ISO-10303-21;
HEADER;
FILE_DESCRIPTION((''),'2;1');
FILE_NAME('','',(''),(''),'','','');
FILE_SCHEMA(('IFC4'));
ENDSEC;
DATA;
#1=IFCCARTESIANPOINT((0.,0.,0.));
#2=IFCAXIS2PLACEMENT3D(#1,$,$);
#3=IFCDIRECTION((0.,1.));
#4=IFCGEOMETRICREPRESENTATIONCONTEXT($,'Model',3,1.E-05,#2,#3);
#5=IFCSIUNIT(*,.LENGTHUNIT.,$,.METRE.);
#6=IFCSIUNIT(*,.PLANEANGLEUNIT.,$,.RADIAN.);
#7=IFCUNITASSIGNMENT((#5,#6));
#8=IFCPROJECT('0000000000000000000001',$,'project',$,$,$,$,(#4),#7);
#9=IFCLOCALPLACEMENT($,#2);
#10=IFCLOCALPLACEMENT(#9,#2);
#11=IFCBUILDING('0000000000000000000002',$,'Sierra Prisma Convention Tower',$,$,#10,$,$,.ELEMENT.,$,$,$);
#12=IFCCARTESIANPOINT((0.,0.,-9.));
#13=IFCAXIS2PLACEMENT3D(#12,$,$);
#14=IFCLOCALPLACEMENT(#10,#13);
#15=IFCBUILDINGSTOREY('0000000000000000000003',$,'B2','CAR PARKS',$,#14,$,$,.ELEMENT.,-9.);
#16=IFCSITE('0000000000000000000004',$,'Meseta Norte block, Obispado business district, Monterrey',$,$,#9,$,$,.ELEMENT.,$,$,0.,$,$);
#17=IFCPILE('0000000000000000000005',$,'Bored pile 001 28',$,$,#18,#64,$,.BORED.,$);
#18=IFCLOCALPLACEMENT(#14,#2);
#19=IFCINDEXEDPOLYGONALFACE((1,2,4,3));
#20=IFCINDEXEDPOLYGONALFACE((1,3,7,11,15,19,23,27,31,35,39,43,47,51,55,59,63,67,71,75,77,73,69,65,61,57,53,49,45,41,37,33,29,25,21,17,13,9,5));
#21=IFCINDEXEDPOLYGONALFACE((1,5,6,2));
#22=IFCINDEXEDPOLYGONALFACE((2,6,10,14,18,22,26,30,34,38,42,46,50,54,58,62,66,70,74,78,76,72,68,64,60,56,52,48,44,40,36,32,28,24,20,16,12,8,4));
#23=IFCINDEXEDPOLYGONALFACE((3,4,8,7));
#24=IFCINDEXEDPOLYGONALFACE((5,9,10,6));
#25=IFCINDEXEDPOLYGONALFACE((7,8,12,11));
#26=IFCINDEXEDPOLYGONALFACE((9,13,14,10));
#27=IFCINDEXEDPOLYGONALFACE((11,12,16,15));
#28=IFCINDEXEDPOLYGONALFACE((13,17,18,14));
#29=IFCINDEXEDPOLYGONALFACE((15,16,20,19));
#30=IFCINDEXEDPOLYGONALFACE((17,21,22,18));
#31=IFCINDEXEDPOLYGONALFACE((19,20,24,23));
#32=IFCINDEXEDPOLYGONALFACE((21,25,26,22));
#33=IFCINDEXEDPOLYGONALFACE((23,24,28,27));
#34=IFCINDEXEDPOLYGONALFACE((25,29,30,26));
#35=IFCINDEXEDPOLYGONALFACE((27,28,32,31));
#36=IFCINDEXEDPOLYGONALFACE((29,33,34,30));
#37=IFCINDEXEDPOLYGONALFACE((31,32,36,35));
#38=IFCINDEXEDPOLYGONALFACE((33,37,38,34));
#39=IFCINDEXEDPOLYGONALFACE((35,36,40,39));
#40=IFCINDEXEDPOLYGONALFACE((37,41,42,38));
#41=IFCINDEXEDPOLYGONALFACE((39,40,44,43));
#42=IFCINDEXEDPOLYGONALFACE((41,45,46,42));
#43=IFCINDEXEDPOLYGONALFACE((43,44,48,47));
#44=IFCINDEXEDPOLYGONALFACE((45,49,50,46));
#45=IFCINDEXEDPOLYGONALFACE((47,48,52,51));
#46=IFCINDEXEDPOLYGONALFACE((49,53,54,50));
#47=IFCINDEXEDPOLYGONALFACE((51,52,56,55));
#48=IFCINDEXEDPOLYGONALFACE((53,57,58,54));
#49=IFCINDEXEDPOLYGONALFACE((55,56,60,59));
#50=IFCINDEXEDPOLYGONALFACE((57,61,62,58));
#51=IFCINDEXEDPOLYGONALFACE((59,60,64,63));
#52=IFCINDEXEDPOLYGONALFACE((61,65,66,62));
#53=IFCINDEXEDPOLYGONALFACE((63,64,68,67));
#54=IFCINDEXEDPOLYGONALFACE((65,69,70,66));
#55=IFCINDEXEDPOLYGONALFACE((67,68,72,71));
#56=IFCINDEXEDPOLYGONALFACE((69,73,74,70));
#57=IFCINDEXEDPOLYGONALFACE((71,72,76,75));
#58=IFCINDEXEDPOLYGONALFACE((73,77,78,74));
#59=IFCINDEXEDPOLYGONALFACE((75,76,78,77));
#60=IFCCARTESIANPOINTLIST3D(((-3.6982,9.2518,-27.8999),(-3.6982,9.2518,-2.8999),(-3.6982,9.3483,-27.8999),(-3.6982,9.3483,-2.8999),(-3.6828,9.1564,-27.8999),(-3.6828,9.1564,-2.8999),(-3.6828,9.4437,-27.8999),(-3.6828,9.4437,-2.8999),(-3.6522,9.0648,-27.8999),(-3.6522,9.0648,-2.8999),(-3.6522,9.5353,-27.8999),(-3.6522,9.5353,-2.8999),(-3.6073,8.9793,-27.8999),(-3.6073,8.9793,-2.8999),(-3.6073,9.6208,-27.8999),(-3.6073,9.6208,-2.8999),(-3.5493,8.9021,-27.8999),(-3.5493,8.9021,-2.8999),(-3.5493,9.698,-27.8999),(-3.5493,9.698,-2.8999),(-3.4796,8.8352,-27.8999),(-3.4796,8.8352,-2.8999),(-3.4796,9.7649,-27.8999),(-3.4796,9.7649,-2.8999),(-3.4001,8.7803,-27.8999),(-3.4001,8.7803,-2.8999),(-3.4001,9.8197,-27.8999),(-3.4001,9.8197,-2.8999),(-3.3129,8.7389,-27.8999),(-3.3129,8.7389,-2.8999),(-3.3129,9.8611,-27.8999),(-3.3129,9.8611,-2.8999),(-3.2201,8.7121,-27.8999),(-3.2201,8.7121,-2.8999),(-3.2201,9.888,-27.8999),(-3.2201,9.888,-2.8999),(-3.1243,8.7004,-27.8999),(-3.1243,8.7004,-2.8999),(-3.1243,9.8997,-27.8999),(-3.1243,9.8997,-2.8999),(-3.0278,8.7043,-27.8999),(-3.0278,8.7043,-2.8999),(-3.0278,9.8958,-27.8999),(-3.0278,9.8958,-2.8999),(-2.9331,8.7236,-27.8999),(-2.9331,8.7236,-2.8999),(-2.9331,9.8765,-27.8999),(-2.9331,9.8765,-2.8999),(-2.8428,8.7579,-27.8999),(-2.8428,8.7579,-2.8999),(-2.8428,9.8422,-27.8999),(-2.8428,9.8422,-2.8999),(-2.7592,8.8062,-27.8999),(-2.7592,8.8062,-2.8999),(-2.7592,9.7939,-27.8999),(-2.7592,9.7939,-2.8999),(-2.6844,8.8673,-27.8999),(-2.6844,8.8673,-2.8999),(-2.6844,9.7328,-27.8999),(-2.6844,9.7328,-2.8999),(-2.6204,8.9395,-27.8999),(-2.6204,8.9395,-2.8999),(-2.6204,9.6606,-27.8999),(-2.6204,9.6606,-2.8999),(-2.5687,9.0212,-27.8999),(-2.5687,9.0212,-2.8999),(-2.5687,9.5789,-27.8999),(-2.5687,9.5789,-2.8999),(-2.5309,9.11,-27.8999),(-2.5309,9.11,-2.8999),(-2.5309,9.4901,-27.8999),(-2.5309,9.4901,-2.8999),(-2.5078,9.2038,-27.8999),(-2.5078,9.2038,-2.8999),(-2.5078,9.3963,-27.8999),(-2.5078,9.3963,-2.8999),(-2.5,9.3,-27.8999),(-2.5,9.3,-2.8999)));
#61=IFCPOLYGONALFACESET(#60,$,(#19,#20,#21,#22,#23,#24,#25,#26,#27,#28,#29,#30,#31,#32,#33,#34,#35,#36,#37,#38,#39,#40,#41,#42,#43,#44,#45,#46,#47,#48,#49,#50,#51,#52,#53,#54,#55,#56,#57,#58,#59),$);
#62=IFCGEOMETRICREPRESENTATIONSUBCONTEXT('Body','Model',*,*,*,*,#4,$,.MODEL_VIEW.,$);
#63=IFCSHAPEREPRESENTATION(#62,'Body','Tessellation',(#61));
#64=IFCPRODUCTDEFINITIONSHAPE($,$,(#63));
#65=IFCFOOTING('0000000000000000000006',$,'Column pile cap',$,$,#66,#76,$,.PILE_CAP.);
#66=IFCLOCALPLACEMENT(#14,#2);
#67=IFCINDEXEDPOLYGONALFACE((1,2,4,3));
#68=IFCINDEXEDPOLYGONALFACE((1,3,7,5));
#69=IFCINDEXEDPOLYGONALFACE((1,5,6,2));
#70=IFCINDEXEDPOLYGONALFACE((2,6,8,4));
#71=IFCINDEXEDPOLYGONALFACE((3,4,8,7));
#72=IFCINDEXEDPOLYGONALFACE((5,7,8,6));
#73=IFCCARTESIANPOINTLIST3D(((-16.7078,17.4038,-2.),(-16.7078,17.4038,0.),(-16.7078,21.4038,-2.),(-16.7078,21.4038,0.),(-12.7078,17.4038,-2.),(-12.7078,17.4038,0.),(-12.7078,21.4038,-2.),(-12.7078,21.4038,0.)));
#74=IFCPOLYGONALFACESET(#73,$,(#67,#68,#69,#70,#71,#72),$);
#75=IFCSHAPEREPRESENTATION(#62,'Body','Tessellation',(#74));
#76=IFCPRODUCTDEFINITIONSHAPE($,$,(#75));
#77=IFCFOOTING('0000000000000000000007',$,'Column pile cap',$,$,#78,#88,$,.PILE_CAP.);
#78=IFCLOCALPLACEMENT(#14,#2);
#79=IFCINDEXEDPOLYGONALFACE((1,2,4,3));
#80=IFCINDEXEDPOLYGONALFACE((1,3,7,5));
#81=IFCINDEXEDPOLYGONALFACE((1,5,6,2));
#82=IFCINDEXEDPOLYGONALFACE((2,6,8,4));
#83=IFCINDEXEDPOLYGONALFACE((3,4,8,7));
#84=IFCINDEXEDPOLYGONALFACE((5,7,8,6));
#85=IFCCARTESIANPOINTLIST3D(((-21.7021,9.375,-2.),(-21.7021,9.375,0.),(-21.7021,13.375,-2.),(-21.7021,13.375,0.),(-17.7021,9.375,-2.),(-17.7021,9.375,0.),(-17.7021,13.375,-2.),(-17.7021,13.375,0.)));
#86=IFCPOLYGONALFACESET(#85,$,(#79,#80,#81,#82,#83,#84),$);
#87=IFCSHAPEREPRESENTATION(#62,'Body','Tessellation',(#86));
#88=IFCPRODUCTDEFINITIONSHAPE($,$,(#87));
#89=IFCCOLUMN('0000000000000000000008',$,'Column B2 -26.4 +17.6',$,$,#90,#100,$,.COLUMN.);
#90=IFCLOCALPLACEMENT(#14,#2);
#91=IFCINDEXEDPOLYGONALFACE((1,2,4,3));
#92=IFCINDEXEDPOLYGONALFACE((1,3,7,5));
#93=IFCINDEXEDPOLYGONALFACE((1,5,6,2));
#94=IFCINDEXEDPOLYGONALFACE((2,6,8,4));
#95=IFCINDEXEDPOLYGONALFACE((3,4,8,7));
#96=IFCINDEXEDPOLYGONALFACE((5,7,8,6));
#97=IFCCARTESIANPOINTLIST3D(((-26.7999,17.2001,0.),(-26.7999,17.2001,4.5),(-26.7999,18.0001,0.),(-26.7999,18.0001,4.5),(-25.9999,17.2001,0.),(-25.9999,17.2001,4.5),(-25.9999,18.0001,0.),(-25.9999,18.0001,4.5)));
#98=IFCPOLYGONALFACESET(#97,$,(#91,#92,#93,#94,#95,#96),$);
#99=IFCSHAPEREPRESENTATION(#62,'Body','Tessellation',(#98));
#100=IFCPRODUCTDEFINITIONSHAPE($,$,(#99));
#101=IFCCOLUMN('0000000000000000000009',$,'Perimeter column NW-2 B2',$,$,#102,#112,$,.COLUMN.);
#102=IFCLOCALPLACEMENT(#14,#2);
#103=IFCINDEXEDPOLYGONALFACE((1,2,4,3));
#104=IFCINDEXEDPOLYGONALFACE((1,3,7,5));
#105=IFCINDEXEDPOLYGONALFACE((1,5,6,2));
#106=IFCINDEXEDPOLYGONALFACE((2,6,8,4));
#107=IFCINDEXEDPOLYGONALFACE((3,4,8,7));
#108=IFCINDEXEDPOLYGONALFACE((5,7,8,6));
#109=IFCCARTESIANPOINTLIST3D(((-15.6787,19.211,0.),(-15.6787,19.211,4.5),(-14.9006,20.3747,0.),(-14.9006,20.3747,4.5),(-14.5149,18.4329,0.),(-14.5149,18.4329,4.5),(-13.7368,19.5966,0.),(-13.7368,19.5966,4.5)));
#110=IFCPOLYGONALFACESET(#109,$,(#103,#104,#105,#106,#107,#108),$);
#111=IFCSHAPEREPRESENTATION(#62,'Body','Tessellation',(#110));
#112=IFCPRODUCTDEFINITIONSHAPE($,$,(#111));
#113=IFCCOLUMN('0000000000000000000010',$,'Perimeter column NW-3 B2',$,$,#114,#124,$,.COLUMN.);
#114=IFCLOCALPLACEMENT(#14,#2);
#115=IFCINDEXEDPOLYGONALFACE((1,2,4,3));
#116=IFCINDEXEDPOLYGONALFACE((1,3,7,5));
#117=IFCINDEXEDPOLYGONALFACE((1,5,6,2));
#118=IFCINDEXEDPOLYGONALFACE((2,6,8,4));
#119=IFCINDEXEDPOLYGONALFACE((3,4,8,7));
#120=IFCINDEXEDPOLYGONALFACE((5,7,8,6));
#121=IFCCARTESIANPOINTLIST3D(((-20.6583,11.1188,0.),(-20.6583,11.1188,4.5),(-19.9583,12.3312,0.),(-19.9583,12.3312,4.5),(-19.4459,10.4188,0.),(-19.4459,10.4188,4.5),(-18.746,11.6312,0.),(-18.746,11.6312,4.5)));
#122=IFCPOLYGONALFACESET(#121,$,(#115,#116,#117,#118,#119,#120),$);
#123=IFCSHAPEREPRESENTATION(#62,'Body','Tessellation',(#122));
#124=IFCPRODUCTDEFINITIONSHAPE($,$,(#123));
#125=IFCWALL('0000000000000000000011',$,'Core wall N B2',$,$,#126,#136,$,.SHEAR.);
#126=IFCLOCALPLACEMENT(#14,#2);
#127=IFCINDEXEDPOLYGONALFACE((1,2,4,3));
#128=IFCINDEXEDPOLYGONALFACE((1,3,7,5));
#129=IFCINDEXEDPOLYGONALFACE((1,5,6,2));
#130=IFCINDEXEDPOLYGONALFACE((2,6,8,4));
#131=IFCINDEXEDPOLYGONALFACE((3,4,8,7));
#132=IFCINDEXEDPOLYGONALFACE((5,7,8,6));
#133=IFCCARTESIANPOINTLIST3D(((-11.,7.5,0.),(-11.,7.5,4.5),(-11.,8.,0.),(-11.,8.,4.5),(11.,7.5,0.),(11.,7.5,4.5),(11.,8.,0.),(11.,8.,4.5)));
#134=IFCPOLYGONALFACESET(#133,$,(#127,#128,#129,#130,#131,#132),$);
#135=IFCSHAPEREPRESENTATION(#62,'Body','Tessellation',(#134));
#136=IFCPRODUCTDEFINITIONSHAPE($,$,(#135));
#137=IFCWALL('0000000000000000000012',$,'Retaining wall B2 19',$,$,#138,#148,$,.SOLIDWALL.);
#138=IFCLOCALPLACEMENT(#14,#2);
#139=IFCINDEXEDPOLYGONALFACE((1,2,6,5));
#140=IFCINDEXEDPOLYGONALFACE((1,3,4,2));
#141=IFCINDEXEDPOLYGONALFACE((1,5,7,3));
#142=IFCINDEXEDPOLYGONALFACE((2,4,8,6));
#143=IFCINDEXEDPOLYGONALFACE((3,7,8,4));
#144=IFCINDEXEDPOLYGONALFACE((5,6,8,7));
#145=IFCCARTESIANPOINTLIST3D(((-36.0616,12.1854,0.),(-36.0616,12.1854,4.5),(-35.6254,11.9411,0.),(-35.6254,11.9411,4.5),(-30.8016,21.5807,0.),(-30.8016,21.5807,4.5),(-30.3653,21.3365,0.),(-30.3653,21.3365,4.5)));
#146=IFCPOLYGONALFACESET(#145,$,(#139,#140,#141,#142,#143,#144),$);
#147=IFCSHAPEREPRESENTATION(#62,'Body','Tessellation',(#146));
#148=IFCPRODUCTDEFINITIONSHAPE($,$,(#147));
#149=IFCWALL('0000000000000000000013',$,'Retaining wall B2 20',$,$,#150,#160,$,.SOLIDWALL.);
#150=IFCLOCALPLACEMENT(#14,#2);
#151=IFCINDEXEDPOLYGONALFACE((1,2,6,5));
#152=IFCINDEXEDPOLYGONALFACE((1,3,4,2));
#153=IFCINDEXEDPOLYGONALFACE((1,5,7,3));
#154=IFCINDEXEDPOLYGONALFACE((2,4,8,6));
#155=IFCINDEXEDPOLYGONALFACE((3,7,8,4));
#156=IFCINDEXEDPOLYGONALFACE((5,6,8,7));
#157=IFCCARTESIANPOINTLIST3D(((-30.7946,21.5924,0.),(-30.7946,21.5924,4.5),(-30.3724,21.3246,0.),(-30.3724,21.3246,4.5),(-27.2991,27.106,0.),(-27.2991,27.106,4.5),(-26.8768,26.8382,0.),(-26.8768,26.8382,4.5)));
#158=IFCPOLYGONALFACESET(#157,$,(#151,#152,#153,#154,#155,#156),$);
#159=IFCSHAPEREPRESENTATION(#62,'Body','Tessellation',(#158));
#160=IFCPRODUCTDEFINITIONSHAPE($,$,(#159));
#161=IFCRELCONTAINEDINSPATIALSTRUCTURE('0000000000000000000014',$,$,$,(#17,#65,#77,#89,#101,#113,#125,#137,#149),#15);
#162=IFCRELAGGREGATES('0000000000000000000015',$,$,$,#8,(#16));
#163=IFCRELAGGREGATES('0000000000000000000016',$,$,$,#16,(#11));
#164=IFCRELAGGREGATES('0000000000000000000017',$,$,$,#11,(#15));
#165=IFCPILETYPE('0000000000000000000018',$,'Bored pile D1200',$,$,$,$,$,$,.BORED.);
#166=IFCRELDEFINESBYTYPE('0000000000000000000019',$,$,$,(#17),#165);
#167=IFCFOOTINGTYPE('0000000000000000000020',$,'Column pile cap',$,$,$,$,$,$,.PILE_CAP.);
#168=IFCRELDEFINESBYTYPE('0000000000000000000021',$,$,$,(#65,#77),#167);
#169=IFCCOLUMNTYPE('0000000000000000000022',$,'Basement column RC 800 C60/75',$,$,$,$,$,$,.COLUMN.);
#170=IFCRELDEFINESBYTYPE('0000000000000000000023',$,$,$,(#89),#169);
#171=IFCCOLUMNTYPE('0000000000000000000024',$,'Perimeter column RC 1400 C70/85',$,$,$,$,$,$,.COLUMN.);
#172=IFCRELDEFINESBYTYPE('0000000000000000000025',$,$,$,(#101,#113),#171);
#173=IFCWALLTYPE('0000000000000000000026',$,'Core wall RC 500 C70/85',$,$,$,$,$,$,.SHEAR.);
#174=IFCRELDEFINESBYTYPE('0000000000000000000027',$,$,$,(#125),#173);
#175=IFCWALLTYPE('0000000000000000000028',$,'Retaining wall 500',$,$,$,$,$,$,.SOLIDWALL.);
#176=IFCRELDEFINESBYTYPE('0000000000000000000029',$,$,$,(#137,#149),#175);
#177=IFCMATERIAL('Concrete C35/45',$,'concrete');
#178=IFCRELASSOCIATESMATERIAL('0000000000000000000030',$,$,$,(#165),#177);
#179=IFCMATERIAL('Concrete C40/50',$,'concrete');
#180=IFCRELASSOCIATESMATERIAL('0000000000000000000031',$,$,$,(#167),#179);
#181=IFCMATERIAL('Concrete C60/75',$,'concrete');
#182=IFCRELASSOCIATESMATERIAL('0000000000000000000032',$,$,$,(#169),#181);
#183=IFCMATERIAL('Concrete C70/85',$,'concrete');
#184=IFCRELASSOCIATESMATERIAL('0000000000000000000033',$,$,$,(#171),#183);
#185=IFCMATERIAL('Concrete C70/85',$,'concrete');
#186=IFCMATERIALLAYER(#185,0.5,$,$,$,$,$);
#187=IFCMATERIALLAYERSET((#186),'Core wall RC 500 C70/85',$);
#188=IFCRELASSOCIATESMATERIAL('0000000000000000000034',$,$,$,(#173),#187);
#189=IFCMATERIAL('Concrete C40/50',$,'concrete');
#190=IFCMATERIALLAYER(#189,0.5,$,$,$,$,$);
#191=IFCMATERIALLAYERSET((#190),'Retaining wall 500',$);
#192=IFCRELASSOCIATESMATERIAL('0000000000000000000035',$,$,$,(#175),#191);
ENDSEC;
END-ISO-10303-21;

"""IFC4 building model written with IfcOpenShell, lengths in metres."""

from ifc_helpers import new_model, si_unit, direction, frame, frame_2d, origin, origin_2d, place, context, subcontext, project, spatial, rectangle, circle, extrude, material, layer, layer_set, material_profile, profile_set, type_object, element, save


model = new_model("IFC4")

# Units and contexts
model_context = context("Model", 3, precision=1e-05, world=origin(), true_north=direction((0.0, 1.0)))
body_context = subcontext(model_context, "Body", "Model", "MODEL_VIEW")
ifc_project = project(units=[si_unit("LENGTHUNIT", "METRE"), si_unit("PLANEANGLEUNIT", "RADIAN")], contexts=[model_context])

# Site, building, storey
site_placement = place(None, origin())
site = spatial("IfcSite", under=ifc_project, at=site_placement, Name="Meseta Norte block, Obispado business district, Monterrey", CompositionType="ELEMENT", RefElevation=0.0)
building_placement = place(site_placement, origin())
building = spatial("IfcBuilding", under=site, at=building_placement, Name="Sierra Prisma Convention Tower", CompositionType="ELEMENT")
storey_placement = place(building_placement, frame((0.0, 0.0, -9.0)))
storey = spatial("IfcBuildingStorey", under=building, at=storey_placement, Name="B2", Description="CAR PARKS", CompositionType="ELEMENT", Elevation=-9.0)

# Pile
ifc_material_1 = material(Name="Concrete C35/45", Category="concrete")
ifc_material_profile_1 = material_profile(ifc_material_1, circle(Radius=0.6001, at=origin_2d()), Name="D1200")
ifc_profile_set_1 = profile_set([ifc_material_profile_1], Name="Concrete C35/45")
pile_type_1 = type_object("IfcPileType", Name="Bored pile D1200", PredefinedType="BORED", material=ifc_profile_set_1)
for number, where, z_axis, x_axis, name in (
    (1, (-3.1001, 9.3, -2.8999), (0.0, 0.0, -1.0), (1.0, 0.0, 0.0), "Bored pile 001 28"),
):
    element("IfcPile", number, at=place(storey_placement, frame(where, z_axis=z_axis, x_axis=x_axis)), inside=storey, type_object=pile_type_1, Name=name, PredefinedType="BORED", context=body_context, shape_type="SweptSolid", body=[
        extrude(circle(Radius=0.6001, at=origin_2d()), origin(), (0.0, 0.0, 1.0), 25.0),
    ])

# Footings
ifc_material_2 = material(Name="Concrete C40/50", Category="concrete")
footing_type_1 = type_object("IfcFootingType", Name="Column pile cap", PredefinedType="PILE_CAP", material=ifc_material_2)
for number, where, z_axis, x_axis, name in (
    (2, (-14.7078, 19.4038, -2.0), (0.0, 0.0, 1.0), (1.0, 0.0, 0.0), "Column pile cap"),
    (3, (-19.7021, 11.375, -2.0), (0.0, 0.0, 1.0), (1.0, 0.0, 0.0), "Column pile cap"),
):
    element("IfcFooting", number, at=place(storey_placement, frame(where, z_axis=z_axis, x_axis=x_axis)), inside=storey, type_object=footing_type_1, Name=name, PredefinedType="PILE_CAP", context=body_context, shape_type="SweptSolid", body=[
        extrude(rectangle(XDim=4.0, YDim=4.0, at=origin_2d()), origin(), (0.0, 0.0, 1.0), 2.0),
    ])

# Columns
ifc_material_3 = material(Name="Concrete C60/75", Category="concrete")
ifc_material_profile_2 = material_profile(ifc_material_3, rectangle(XDim=0.8, YDim=0.8, at=origin_2d()), Name="Basement column RC 800 C60/75")
ifc_profile_set_2 = profile_set([ifc_material_profile_2], Name="Concrete C60/75")
column_type_1 = type_object("IfcColumnType", Name="Basement column RC 800 C60/75", PredefinedType="COLUMN", material=ifc_profile_set_2)
column_placement = place(storey_placement, frame((-26.3999, 17.6001, 0.0), z_axis=(0.0, 0.0, 1.0), x_axis=(1.0, 0.0, 0.0)))
element("IfcColumn", 4, at=column_placement, inside=storey, type_object=column_type_1, Name="Column B2 -26.4 +17.6", PredefinedType="COLUMN", context=body_context, shape_type="SweptSolid", body=[
    extrude(rectangle(XDim=0.8, YDim=0.8, at=origin_2d()), origin(), (0.0, 0.0, 1.0), 4.5),
])
ifc_material_4 = material(Name="Concrete C70/85", Category="concrete")
ifc_material_profile_3 = material_profile(ifc_material_4, rectangle(XDim=1.3999, YDim=1.3999, at=origin_2d()), Name="Perimeter column RC 1400 C70/85")
ifc_profile_set_3 = profile_set([ifc_material_profile_3], Name="Concrete C70/85")
column_type_2 = type_object("IfcColumnType", Name="Perimeter column RC 1400 C70/85", PredefinedType="COLUMN", material=ifc_profile_set_3)
for number, where, z_axis, x_axis, name in (
    (5, (-14.7078, 19.4038, 0.0), (0.0, 0.0, 1.0), (0.555817, 0.831305, 0.0), "Perimeter column NW-2 B2"),
    (6, (-19.7021, 11.375, 0.0), (0.0, 0.0, 1.0), (0.5, 0.866025, 0.0), "Perimeter column NW-3 B2"),
):
    element("IfcColumn", number, at=place(storey_placement, frame(where, z_axis=z_axis, x_axis=x_axis)), inside=storey, type_object=column_type_2, Name=name, PredefinedType="COLUMN", context=body_context, shape_type="SweptSolid", body=[
        extrude(rectangle(XDim=1.3999, YDim=1.3999, at=origin_2d()), origin(), (0.0, 0.0, 1.0), 4.5),
    ])

# Walls
ifc_material_5 = material(Name="Concrete C70/85", Category="concrete")
ifc_layer_1 = layer(ifc_material_5, 0.5)
ifc_layer_set_1 = layer_set([ifc_layer_1], Name="Core wall RC 500 C70/85")
wall_type_1 = type_object("IfcWallType", Name="Core wall RC 500 C70/85", PredefinedType="SHEAR", material=ifc_layer_set_1)
wall_1_placement = place(storey_placement, frame((-11.0, 7.75, 0.0), z_axis=(0.0, 0.0, 1.0), x_axis=(1.0, 0.0, 0.0)))
element("IfcWall", 7, at=wall_1_placement, inside=storey, type_object=wall_type_1, Name="Core wall N B2", PredefinedType="SHEAR", context=body_context, shape_type="SweptSolid", body=[
    extrude(rectangle(XDim=22.0, YDim=0.5, at=frame_2d((11.0, 0.0))), origin(), (0.0, 0.0, 1.0), 4.5),
])
ifc_material_6 = material(Name="Concrete C40/50", Category="concrete")
ifc_layer_2 = layer(ifc_material_6, 0.5)
ifc_layer_set_2 = layer_set([ifc_layer_2], Name="Retaining wall 500")
wall_type_2 = type_object("IfcWallType", Name="Retaining wall 500", PredefinedType="SOLIDWALL", material=ifc_layer_set_2)
wall_2_placement = place(storey_placement, frame((-35.8435, 12.0632, 0.0), z_axis=(0.0, 0.0, 1.0), x_axis=(0.488509, 0.872559, 0.0)))
element("IfcWall", 8, at=wall_2_placement, inside=storey, type_object=wall_type_2, Name="Retaining wall B2 19", PredefinedType="SOLIDWALL", context=body_context, shape_type="SweptSolid", body=[
    extrude(rectangle(XDim=10.7676, YDim=0.5, at=frame_2d((5.3838, 0.0))), origin(), (0.0, 0.0, 1.0), 4.5),
])
wall_3_placement = place(storey_placement, frame((-30.5835, 21.4585, 0.0), z_axis=(0.0, 0.0, 1.0), x_axis=(0.535447, 0.844569, 0.0)))
element("IfcWall", 9, at=wall_3_placement, inside=storey, type_object=wall_type_2, Name="Retaining wall B2 20", PredefinedType="SOLIDWALL", context=body_context, shape_type="SweptSolid", body=[
    extrude(rectangle(XDim=6.5283, YDim=0.5, at=frame_2d((3.2642, 0.0))), origin(), (0.0, 0.0, 1.0), 4.5),
])

save(model, "model.ifc")
